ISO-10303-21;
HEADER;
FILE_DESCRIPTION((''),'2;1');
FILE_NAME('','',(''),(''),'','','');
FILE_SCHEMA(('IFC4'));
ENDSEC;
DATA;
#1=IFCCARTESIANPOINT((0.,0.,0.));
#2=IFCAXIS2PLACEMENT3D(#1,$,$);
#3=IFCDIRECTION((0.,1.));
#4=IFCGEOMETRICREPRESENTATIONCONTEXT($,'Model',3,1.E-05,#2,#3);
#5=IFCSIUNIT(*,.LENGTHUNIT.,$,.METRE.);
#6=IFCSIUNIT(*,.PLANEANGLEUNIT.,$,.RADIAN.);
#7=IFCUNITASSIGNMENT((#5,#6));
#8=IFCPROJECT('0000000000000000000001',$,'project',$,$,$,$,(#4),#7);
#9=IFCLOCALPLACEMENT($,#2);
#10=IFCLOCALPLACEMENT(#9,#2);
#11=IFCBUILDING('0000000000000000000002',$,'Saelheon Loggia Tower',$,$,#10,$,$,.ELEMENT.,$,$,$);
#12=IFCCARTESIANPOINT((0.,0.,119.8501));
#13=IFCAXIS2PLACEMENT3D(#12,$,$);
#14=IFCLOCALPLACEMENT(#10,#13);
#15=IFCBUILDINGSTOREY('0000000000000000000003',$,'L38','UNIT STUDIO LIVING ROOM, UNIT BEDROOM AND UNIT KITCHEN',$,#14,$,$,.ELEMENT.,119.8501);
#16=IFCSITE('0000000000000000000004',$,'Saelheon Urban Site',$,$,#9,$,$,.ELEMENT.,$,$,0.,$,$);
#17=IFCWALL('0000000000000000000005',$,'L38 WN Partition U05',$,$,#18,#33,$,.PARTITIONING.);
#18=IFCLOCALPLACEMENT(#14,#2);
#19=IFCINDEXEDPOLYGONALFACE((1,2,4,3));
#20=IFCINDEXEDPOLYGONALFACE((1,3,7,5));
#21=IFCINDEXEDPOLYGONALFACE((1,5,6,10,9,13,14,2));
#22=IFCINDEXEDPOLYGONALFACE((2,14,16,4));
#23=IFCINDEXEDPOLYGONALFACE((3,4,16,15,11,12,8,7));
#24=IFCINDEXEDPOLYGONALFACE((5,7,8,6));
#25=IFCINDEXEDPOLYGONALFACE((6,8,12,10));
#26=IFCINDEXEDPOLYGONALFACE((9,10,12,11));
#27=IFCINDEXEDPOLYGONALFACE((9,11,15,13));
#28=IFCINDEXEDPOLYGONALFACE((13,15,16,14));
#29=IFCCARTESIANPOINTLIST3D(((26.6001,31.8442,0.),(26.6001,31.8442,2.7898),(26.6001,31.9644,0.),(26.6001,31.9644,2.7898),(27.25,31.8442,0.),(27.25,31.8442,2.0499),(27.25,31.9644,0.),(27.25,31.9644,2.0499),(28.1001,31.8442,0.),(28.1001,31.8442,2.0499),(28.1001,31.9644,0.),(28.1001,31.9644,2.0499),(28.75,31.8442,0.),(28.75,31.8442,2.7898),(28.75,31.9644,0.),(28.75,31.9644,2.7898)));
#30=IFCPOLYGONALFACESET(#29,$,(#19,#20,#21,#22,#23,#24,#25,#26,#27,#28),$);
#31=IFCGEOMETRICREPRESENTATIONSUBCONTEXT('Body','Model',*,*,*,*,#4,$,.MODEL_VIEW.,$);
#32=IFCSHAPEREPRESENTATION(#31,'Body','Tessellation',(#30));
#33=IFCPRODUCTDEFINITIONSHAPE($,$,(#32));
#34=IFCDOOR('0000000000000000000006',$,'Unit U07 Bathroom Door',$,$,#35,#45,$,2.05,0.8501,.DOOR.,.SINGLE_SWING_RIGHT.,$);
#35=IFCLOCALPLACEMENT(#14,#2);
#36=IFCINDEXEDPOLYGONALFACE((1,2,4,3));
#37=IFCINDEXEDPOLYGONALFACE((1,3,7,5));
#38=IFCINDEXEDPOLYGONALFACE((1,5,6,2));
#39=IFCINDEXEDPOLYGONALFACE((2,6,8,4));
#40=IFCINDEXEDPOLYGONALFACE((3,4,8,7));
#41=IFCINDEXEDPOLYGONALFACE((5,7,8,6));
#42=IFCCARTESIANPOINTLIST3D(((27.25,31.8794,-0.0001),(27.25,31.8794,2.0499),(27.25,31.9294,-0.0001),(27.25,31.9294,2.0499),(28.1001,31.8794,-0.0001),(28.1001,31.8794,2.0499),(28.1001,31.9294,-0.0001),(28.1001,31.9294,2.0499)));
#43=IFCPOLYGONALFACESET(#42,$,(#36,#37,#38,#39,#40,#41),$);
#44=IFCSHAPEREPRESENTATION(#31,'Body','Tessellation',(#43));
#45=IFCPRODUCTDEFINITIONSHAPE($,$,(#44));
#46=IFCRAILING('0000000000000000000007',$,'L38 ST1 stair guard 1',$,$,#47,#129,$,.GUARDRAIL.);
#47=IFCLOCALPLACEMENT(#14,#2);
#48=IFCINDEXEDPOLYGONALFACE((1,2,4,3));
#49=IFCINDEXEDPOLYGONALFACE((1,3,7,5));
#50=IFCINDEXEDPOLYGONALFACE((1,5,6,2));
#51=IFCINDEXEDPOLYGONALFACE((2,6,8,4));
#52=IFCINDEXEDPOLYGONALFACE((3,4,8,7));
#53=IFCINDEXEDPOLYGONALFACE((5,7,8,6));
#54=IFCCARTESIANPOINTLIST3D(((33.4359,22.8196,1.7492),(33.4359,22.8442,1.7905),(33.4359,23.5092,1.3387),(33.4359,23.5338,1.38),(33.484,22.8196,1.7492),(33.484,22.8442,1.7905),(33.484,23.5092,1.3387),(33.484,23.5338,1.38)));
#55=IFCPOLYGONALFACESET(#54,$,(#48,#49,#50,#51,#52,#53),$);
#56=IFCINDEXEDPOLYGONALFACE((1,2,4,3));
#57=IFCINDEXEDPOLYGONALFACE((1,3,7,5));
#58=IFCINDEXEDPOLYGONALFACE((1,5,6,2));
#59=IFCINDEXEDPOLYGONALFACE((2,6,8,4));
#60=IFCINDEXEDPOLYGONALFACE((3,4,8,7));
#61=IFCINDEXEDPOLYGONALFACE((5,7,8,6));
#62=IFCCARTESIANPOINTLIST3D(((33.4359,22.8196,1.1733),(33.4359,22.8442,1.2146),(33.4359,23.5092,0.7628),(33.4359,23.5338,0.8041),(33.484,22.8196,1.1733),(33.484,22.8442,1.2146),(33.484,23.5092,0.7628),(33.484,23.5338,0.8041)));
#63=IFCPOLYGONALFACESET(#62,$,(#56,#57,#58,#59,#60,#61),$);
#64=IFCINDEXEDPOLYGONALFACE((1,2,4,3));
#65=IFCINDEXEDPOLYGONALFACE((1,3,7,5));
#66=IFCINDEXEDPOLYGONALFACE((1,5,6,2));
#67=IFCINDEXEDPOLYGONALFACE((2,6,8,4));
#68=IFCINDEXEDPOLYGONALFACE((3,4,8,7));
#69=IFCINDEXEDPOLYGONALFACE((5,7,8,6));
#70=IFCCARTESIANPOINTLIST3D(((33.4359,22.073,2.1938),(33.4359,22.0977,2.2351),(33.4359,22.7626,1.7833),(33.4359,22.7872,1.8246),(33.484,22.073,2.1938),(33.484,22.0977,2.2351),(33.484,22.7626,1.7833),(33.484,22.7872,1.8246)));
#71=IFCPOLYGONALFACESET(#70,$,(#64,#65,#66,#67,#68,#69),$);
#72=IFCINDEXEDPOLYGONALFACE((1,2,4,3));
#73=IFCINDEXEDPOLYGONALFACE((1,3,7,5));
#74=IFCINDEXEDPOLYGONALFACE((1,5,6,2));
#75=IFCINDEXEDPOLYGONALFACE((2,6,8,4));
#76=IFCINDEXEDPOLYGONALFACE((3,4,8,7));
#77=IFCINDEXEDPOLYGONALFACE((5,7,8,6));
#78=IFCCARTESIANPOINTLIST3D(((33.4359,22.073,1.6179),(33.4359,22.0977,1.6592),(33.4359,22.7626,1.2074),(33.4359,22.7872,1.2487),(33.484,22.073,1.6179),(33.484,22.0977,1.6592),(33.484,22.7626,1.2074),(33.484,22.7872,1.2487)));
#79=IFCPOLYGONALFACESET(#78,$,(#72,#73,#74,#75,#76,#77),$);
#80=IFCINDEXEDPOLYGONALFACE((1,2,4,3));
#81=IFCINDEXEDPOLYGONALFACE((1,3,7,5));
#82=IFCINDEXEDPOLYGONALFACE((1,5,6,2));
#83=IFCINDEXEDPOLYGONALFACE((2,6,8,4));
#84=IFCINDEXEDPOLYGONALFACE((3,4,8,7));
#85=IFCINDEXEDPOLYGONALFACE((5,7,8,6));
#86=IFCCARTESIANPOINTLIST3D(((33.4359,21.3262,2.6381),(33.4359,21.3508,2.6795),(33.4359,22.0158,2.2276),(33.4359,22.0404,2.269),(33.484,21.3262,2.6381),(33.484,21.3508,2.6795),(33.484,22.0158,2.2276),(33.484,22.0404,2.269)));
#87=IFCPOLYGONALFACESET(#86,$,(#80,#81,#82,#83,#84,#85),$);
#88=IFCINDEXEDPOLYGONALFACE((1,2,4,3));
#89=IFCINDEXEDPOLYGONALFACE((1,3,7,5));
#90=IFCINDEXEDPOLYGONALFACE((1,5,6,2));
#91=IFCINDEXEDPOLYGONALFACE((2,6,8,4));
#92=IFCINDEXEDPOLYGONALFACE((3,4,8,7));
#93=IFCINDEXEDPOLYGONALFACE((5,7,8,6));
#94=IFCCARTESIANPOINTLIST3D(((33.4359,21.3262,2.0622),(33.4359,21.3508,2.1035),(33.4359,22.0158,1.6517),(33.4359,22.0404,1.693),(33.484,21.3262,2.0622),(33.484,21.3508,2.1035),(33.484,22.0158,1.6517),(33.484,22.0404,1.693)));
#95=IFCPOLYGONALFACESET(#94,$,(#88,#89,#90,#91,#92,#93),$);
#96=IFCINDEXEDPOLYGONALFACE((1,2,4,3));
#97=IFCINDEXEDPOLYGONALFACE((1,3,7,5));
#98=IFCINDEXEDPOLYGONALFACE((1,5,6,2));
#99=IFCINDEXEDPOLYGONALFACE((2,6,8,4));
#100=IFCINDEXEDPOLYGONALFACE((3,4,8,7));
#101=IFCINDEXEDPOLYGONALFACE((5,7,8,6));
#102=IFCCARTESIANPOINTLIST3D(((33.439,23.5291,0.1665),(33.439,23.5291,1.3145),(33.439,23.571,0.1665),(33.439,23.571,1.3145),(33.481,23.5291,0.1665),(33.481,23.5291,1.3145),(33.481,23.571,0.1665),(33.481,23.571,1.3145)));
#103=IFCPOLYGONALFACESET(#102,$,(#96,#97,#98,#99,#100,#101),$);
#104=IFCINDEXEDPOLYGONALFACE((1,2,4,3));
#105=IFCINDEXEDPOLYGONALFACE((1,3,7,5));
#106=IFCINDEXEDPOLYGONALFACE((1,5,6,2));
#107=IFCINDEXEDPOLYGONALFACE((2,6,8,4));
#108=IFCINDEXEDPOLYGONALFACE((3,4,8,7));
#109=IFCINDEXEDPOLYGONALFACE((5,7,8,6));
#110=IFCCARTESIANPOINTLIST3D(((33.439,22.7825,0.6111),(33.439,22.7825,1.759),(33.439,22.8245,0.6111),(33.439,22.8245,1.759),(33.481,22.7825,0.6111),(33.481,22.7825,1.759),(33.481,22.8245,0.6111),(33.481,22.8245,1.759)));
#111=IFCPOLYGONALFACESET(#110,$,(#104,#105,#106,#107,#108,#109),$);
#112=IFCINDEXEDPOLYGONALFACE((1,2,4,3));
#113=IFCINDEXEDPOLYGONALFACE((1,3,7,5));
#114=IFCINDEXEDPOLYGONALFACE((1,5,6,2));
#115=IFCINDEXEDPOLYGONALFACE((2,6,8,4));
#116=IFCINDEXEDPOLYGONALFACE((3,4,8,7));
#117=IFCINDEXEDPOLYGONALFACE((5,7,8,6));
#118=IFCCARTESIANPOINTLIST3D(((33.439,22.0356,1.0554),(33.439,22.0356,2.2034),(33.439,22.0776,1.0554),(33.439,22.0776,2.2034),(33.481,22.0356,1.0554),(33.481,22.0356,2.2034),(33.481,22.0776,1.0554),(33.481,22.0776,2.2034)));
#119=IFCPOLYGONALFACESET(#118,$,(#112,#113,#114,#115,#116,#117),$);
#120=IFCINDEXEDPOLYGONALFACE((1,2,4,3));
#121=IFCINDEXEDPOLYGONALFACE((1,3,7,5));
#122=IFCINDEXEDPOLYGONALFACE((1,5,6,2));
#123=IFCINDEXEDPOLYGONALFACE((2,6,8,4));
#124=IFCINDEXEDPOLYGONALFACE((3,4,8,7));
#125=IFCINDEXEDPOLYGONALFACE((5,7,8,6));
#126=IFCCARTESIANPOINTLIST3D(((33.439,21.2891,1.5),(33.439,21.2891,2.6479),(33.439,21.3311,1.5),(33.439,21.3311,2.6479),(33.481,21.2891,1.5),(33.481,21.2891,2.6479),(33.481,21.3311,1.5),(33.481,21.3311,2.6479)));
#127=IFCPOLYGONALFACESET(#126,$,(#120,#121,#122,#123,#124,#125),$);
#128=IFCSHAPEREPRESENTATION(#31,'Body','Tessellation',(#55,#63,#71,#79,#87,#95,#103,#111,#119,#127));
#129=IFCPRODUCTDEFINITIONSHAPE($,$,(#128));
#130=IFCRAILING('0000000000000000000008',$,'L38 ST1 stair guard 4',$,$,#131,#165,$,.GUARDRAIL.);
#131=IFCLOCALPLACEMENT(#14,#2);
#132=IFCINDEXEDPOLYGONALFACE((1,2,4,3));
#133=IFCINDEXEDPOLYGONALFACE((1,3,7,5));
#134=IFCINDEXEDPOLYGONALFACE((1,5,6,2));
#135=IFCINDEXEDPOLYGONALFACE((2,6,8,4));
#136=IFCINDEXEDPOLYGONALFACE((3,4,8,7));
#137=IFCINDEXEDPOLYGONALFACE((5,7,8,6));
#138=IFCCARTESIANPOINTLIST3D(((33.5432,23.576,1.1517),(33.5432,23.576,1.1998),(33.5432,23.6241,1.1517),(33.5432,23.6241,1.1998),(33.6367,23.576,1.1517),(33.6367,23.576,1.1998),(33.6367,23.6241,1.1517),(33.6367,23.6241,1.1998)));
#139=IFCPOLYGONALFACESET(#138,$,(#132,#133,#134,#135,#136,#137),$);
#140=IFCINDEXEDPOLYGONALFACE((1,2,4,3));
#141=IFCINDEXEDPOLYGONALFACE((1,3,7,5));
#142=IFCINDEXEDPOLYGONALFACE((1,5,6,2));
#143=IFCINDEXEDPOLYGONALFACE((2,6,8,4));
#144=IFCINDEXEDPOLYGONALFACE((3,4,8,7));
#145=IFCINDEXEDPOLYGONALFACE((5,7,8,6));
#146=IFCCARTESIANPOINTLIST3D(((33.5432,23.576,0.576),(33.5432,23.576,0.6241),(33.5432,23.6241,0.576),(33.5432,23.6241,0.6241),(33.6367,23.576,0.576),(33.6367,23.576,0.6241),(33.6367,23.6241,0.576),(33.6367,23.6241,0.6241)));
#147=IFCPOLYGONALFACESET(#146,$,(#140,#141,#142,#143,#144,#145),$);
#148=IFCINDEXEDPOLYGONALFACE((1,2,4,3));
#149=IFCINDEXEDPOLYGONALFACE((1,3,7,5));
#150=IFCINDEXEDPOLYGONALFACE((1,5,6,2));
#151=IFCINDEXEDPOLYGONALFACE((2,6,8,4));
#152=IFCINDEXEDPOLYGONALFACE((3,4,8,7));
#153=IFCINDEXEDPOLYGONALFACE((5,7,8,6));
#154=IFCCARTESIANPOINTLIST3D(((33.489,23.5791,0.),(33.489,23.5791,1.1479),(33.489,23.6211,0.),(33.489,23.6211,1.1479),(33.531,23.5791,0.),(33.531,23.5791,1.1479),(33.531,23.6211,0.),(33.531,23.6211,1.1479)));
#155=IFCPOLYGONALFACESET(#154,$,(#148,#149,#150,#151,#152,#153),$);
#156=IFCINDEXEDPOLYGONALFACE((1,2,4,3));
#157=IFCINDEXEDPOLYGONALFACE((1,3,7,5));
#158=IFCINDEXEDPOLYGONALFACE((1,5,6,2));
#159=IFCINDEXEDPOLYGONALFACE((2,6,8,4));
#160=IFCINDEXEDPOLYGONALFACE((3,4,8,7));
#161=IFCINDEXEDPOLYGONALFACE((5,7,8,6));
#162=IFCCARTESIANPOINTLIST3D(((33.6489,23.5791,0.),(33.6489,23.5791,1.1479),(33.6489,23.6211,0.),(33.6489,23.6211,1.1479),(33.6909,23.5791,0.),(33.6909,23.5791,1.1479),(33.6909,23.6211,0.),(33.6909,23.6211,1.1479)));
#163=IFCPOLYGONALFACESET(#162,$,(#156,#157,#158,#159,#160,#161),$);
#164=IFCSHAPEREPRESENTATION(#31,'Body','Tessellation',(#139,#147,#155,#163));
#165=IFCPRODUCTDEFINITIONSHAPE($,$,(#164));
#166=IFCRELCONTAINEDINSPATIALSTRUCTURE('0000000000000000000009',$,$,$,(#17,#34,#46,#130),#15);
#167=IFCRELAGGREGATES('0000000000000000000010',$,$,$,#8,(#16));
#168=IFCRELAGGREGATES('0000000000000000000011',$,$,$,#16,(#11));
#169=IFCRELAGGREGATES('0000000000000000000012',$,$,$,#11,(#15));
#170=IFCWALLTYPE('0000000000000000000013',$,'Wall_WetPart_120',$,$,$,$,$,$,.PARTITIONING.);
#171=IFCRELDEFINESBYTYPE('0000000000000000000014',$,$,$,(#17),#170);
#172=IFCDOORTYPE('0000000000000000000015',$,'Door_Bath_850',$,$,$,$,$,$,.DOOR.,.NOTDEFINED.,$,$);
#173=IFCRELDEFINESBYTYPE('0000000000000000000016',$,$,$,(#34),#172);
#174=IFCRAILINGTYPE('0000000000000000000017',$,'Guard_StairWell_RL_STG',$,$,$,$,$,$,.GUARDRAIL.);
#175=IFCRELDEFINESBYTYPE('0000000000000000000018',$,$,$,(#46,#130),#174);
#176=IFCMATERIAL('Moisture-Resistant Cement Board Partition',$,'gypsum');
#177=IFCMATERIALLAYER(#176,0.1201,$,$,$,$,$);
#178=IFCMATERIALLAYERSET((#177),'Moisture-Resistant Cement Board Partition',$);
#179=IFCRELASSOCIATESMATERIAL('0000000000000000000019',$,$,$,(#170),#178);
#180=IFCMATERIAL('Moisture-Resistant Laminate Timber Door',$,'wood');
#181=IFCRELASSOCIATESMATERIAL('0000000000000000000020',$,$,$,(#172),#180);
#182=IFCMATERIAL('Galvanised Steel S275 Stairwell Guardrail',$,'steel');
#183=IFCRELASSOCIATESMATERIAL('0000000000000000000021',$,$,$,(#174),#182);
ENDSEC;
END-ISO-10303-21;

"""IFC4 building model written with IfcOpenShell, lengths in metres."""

from ifc_helpers import new_model, si_unit, direction, frame, frame_2d, origin, origin_2d, place, context, subcontext, project, spatial, rectangle, extrude, source, transform, mapped, material, layer, layer_set, type_object, element, fill, save


model = new_model("IFC4")

# Units and contexts
model_context = context("Model", 3, precision=1e-05, world=origin(), true_north=direction((0.0, 1.0)))
body_context = subcontext(model_context, "Body", "Model", "MODEL_VIEW")
ifc_project = project(units=[si_unit("LENGTHUNIT", "METRE"), si_unit("PLANEANGLEUNIT", "RADIAN")], contexts=[model_context])

# Site, building, storey
site_placement = place(None, origin())
site = spatial("IfcSite", under=ifc_project, at=site_placement, Name="Saelheon Urban Site", CompositionType="ELEMENT", RefElevation=0.0)
building_placement = place(site_placement, origin())
building = spatial("IfcBuilding", under=site, at=building_placement, Name="Saelheon Loggia Tower", CompositionType="ELEMENT")
storey_placement = place(building_placement, frame((0.0, 0.0, 119.8501)))
storey = spatial("IfcBuildingStorey", under=building, at=storey_placement, Name="L38", Description="UNIT STUDIO LIVING ROOM, UNIT BEDROOM AND UNIT KITCHEN", CompositionType="ELEMENT", Elevation=119.8501)

# Wall, opening, door
ifc_material_1 = material(Name="Moisture-Resistant Cement Board Partition", Category="gypsum")
ifc_layer_1 = layer(ifc_material_1, 0.1201)
ifc_layer_set_1 = layer_set([ifc_layer_1], Name="Moisture-Resistant Cement Board Partition")
wall_type_1 = type_object("IfcWallType", Name="Wall_WetPart_120", PredefinedType="PARTITIONING", material=ifc_layer_set_1)
wall_1_placement = place(storey_placement, frame((28.75, 31.9043, 0.0), z_axis=(0.0, 0.0, 1.0), x_axis=(-1.0, 0.0, 0.0)))
wall_1 = element("IfcWall", 1, at=wall_1_placement, inside=storey, type_object=wall_type_1, Name="L38 WN Partition U05", PredefinedType="PARTITIONING", context=body_context, shape_type="SweptSolid", body=[
    extrude(rectangle(XDim=2.1499, YDim=0.1201, at=frame_2d((1.075, 0.0))), origin(), (0.0, 0.0, 1.0), 2.7898),
])
opening_1_placement = place(wall_1_placement, frame((0.6499, 0.0, 0.0)))
opening_1 = element("IfcOpeningElement", 2, at=opening_1_placement, cuts=wall_1, PredefinedType="OPENING", context=body_context, shape_type="SweptSolid", body=[
    extrude(rectangle(XDim=0.8501, YDim=2.05, at=frame_2d((0.425, 1.0249))), frame((0.0, 0.072, 0.0), z_axis=(0.0, -1.0, 0.0), x_axis=(1.0, 0.0, 0.0)), (0.0, 0.0, 1.0), 0.144),
])
ifc_material_2 = material(Name="Moisture-Resistant Laminate Timber Door", Category="wood")
door_type_1 = type_object("IfcDoorType", Name="Door_Bath_850", OperationType="NOTDEFINED", PredefinedType="DOOR", material=ifc_material_2)
shared_shape_1 = source(origin(), body_context, "Body", "SweptSolid", [
    extrude(rectangle(XDim=0.8501, YDim=2.05, at=frame_2d((0.425, 1.0249))), frame((0.0, 0.0249, 0.0), z_axis=(0.0, -1.0, 0.0), x_axis=(1.0, 0.0, 0.0)), (0.0, 0.0, 1.0), 0.05),
])
door_1_placement = place(opening_1_placement, origin())
door_1 = element("IfcDoor", 3, at=door_1_placement, inside=storey, type_object=door_type_1, Name="Unit U07 Bathroom Door", OperationType="SINGLE_SWING_RIGHT", OverallHeight=2.05, OverallWidth=0.8501, PredefinedType="DOOR", context=body_context, shape_type="MappedRepresentation", body=[
    mapped(shared_shape_1, transform((0.0, 0.0, 0.0), scale=1.0)),
])
fill(opening_1, door_1)

# Railings
ifc_material_3 = material(Name="Galvanised Steel S275 Stairwell Guardrail", Category="steel")
railing_type_1 = type_object("IfcRailingType", Name="Guard_StairWell_RL_STG", PredefinedType="GUARDRAIL", material=ifc_material_3)
railing_1_placement = place(storey_placement, frame((33.46, 23.55, 0.1665)))
element("IfcRailing", 4, at=railing_1_placement, inside=storey, type_object=railing_type_1, Name="L38 ST1 stair guard 1", PredefinedType="GUARDRAIL", context=body_context, shape_type="SweptSolid", body=[
    extrude(rectangle(XDim=0.0481, YDim=0.0481, at=origin_2d()), frame((0.0, -0.0286, 1.1929), z_axis=(0.0, -0.859264, 0.511532), x_axis=(1.0, 0.0, 0.0)), (0.0, 0.0, 1.0), 0.8025),
    extrude(rectangle(XDim=0.0481, YDim=0.0481, at=origin_2d()), frame((0.0, -0.0286, 0.6169), z_axis=(0.0, -0.859264, 0.511532), x_axis=(1.0, 0.0, 0.0)), (0.0, 0.0, 1.0), 0.8025),
    extrude(rectangle(XDim=0.0481, YDim=0.0481, at=origin_2d()), frame((0.0, -0.7751, 1.6375), z_axis=(0.0, -0.859264, 0.511532), x_axis=(1.0, 0.0, 0.0)), (0.0, 0.0, 1.0), 0.8025),
    extrude(rectangle(XDim=0.0481, YDim=0.0481, at=origin_2d()), frame((0.0, -0.7751, 1.0615), z_axis=(0.0, -0.859264, 0.511532), x_axis=(1.0, 0.0, 0.0)), (0.0, 0.0, 1.0), 0.8025),
    extrude(rectangle(XDim=0.0481, YDim=0.0481, at=origin_2d()), frame((0.0, -1.522, 2.0818), z_axis=(0.0, -0.859264, 0.511532), x_axis=(1.0, 0.0, 0.0)), (0.0, 0.0, 1.0), 0.8025),
    extrude(rectangle(XDim=0.0481, YDim=0.0481, at=origin_2d()), frame((0.0, -1.522, 1.5059), z_axis=(0.0, -0.859264, 0.511532), x_axis=(1.0, 0.0, 0.0)), (0.0, 0.0, 1.0), 0.8025),
    extrude(rectangle(XDim=0.042, YDim=0.042, at=origin_2d()), origin(), (0.0, 0.0, 1.0), 1.1479),
    extrude(rectangle(XDim=0.042, YDim=0.042, at=origin_2d()), frame((0.0, -0.7466, 0.4446)), (0.0, 0.0, 1.0), 1.1479),
    extrude(rectangle(XDim=0.042, YDim=0.042, at=origin_2d()), frame((0.0, -1.4934, 0.8889)), (0.0, 0.0, 1.0), 1.1479),
    extrude(rectangle(XDim=0.042, YDim=0.042, at=origin_2d()), frame((0.0, -2.24, 1.3335)), (0.0, 0.0, 1.0), 1.1479),
])
railing_2_placement = place(storey_placement, frame((33.51, 23.6001, 0.0)))
element("IfcRailing", 5, at=railing_2_placement, inside=storey, type_object=railing_type_1, Name="L38 ST1 stair guard 4", PredefinedType="GUARDRAIL", context=body_context, shape_type="SweptSolid", body=[
    extrude(rectangle(XDim=0.0481, YDim=0.0481, at=origin_2d()), frame((0.0332, 0.0, 1.1758), z_axis=(1.0, 0.0, 0.0), x_axis=(0.0, 1.0, 0.0)), (0.0, 0.0, 1.0), 0.0935),
    extrude(rectangle(XDim=0.0481, YDim=0.0481, at=origin_2d()), frame((0.0332, 0.0, 0.6001), z_axis=(1.0, 0.0, 0.0), x_axis=(0.0, 1.0, 0.0)), (0.0, 0.0, 1.0), 0.0935),
    extrude(rectangle(XDim=0.042, YDim=0.042, at=origin_2d()), origin(), (0.0, 0.0, 1.0), 1.1479),
    extrude(rectangle(XDim=0.042, YDim=0.042, at=origin_2d()), frame((0.1599, 0.0, 0.0)), (0.0, 0.0, 1.0), 1.1479),
])

save(model, "model.ifc")
